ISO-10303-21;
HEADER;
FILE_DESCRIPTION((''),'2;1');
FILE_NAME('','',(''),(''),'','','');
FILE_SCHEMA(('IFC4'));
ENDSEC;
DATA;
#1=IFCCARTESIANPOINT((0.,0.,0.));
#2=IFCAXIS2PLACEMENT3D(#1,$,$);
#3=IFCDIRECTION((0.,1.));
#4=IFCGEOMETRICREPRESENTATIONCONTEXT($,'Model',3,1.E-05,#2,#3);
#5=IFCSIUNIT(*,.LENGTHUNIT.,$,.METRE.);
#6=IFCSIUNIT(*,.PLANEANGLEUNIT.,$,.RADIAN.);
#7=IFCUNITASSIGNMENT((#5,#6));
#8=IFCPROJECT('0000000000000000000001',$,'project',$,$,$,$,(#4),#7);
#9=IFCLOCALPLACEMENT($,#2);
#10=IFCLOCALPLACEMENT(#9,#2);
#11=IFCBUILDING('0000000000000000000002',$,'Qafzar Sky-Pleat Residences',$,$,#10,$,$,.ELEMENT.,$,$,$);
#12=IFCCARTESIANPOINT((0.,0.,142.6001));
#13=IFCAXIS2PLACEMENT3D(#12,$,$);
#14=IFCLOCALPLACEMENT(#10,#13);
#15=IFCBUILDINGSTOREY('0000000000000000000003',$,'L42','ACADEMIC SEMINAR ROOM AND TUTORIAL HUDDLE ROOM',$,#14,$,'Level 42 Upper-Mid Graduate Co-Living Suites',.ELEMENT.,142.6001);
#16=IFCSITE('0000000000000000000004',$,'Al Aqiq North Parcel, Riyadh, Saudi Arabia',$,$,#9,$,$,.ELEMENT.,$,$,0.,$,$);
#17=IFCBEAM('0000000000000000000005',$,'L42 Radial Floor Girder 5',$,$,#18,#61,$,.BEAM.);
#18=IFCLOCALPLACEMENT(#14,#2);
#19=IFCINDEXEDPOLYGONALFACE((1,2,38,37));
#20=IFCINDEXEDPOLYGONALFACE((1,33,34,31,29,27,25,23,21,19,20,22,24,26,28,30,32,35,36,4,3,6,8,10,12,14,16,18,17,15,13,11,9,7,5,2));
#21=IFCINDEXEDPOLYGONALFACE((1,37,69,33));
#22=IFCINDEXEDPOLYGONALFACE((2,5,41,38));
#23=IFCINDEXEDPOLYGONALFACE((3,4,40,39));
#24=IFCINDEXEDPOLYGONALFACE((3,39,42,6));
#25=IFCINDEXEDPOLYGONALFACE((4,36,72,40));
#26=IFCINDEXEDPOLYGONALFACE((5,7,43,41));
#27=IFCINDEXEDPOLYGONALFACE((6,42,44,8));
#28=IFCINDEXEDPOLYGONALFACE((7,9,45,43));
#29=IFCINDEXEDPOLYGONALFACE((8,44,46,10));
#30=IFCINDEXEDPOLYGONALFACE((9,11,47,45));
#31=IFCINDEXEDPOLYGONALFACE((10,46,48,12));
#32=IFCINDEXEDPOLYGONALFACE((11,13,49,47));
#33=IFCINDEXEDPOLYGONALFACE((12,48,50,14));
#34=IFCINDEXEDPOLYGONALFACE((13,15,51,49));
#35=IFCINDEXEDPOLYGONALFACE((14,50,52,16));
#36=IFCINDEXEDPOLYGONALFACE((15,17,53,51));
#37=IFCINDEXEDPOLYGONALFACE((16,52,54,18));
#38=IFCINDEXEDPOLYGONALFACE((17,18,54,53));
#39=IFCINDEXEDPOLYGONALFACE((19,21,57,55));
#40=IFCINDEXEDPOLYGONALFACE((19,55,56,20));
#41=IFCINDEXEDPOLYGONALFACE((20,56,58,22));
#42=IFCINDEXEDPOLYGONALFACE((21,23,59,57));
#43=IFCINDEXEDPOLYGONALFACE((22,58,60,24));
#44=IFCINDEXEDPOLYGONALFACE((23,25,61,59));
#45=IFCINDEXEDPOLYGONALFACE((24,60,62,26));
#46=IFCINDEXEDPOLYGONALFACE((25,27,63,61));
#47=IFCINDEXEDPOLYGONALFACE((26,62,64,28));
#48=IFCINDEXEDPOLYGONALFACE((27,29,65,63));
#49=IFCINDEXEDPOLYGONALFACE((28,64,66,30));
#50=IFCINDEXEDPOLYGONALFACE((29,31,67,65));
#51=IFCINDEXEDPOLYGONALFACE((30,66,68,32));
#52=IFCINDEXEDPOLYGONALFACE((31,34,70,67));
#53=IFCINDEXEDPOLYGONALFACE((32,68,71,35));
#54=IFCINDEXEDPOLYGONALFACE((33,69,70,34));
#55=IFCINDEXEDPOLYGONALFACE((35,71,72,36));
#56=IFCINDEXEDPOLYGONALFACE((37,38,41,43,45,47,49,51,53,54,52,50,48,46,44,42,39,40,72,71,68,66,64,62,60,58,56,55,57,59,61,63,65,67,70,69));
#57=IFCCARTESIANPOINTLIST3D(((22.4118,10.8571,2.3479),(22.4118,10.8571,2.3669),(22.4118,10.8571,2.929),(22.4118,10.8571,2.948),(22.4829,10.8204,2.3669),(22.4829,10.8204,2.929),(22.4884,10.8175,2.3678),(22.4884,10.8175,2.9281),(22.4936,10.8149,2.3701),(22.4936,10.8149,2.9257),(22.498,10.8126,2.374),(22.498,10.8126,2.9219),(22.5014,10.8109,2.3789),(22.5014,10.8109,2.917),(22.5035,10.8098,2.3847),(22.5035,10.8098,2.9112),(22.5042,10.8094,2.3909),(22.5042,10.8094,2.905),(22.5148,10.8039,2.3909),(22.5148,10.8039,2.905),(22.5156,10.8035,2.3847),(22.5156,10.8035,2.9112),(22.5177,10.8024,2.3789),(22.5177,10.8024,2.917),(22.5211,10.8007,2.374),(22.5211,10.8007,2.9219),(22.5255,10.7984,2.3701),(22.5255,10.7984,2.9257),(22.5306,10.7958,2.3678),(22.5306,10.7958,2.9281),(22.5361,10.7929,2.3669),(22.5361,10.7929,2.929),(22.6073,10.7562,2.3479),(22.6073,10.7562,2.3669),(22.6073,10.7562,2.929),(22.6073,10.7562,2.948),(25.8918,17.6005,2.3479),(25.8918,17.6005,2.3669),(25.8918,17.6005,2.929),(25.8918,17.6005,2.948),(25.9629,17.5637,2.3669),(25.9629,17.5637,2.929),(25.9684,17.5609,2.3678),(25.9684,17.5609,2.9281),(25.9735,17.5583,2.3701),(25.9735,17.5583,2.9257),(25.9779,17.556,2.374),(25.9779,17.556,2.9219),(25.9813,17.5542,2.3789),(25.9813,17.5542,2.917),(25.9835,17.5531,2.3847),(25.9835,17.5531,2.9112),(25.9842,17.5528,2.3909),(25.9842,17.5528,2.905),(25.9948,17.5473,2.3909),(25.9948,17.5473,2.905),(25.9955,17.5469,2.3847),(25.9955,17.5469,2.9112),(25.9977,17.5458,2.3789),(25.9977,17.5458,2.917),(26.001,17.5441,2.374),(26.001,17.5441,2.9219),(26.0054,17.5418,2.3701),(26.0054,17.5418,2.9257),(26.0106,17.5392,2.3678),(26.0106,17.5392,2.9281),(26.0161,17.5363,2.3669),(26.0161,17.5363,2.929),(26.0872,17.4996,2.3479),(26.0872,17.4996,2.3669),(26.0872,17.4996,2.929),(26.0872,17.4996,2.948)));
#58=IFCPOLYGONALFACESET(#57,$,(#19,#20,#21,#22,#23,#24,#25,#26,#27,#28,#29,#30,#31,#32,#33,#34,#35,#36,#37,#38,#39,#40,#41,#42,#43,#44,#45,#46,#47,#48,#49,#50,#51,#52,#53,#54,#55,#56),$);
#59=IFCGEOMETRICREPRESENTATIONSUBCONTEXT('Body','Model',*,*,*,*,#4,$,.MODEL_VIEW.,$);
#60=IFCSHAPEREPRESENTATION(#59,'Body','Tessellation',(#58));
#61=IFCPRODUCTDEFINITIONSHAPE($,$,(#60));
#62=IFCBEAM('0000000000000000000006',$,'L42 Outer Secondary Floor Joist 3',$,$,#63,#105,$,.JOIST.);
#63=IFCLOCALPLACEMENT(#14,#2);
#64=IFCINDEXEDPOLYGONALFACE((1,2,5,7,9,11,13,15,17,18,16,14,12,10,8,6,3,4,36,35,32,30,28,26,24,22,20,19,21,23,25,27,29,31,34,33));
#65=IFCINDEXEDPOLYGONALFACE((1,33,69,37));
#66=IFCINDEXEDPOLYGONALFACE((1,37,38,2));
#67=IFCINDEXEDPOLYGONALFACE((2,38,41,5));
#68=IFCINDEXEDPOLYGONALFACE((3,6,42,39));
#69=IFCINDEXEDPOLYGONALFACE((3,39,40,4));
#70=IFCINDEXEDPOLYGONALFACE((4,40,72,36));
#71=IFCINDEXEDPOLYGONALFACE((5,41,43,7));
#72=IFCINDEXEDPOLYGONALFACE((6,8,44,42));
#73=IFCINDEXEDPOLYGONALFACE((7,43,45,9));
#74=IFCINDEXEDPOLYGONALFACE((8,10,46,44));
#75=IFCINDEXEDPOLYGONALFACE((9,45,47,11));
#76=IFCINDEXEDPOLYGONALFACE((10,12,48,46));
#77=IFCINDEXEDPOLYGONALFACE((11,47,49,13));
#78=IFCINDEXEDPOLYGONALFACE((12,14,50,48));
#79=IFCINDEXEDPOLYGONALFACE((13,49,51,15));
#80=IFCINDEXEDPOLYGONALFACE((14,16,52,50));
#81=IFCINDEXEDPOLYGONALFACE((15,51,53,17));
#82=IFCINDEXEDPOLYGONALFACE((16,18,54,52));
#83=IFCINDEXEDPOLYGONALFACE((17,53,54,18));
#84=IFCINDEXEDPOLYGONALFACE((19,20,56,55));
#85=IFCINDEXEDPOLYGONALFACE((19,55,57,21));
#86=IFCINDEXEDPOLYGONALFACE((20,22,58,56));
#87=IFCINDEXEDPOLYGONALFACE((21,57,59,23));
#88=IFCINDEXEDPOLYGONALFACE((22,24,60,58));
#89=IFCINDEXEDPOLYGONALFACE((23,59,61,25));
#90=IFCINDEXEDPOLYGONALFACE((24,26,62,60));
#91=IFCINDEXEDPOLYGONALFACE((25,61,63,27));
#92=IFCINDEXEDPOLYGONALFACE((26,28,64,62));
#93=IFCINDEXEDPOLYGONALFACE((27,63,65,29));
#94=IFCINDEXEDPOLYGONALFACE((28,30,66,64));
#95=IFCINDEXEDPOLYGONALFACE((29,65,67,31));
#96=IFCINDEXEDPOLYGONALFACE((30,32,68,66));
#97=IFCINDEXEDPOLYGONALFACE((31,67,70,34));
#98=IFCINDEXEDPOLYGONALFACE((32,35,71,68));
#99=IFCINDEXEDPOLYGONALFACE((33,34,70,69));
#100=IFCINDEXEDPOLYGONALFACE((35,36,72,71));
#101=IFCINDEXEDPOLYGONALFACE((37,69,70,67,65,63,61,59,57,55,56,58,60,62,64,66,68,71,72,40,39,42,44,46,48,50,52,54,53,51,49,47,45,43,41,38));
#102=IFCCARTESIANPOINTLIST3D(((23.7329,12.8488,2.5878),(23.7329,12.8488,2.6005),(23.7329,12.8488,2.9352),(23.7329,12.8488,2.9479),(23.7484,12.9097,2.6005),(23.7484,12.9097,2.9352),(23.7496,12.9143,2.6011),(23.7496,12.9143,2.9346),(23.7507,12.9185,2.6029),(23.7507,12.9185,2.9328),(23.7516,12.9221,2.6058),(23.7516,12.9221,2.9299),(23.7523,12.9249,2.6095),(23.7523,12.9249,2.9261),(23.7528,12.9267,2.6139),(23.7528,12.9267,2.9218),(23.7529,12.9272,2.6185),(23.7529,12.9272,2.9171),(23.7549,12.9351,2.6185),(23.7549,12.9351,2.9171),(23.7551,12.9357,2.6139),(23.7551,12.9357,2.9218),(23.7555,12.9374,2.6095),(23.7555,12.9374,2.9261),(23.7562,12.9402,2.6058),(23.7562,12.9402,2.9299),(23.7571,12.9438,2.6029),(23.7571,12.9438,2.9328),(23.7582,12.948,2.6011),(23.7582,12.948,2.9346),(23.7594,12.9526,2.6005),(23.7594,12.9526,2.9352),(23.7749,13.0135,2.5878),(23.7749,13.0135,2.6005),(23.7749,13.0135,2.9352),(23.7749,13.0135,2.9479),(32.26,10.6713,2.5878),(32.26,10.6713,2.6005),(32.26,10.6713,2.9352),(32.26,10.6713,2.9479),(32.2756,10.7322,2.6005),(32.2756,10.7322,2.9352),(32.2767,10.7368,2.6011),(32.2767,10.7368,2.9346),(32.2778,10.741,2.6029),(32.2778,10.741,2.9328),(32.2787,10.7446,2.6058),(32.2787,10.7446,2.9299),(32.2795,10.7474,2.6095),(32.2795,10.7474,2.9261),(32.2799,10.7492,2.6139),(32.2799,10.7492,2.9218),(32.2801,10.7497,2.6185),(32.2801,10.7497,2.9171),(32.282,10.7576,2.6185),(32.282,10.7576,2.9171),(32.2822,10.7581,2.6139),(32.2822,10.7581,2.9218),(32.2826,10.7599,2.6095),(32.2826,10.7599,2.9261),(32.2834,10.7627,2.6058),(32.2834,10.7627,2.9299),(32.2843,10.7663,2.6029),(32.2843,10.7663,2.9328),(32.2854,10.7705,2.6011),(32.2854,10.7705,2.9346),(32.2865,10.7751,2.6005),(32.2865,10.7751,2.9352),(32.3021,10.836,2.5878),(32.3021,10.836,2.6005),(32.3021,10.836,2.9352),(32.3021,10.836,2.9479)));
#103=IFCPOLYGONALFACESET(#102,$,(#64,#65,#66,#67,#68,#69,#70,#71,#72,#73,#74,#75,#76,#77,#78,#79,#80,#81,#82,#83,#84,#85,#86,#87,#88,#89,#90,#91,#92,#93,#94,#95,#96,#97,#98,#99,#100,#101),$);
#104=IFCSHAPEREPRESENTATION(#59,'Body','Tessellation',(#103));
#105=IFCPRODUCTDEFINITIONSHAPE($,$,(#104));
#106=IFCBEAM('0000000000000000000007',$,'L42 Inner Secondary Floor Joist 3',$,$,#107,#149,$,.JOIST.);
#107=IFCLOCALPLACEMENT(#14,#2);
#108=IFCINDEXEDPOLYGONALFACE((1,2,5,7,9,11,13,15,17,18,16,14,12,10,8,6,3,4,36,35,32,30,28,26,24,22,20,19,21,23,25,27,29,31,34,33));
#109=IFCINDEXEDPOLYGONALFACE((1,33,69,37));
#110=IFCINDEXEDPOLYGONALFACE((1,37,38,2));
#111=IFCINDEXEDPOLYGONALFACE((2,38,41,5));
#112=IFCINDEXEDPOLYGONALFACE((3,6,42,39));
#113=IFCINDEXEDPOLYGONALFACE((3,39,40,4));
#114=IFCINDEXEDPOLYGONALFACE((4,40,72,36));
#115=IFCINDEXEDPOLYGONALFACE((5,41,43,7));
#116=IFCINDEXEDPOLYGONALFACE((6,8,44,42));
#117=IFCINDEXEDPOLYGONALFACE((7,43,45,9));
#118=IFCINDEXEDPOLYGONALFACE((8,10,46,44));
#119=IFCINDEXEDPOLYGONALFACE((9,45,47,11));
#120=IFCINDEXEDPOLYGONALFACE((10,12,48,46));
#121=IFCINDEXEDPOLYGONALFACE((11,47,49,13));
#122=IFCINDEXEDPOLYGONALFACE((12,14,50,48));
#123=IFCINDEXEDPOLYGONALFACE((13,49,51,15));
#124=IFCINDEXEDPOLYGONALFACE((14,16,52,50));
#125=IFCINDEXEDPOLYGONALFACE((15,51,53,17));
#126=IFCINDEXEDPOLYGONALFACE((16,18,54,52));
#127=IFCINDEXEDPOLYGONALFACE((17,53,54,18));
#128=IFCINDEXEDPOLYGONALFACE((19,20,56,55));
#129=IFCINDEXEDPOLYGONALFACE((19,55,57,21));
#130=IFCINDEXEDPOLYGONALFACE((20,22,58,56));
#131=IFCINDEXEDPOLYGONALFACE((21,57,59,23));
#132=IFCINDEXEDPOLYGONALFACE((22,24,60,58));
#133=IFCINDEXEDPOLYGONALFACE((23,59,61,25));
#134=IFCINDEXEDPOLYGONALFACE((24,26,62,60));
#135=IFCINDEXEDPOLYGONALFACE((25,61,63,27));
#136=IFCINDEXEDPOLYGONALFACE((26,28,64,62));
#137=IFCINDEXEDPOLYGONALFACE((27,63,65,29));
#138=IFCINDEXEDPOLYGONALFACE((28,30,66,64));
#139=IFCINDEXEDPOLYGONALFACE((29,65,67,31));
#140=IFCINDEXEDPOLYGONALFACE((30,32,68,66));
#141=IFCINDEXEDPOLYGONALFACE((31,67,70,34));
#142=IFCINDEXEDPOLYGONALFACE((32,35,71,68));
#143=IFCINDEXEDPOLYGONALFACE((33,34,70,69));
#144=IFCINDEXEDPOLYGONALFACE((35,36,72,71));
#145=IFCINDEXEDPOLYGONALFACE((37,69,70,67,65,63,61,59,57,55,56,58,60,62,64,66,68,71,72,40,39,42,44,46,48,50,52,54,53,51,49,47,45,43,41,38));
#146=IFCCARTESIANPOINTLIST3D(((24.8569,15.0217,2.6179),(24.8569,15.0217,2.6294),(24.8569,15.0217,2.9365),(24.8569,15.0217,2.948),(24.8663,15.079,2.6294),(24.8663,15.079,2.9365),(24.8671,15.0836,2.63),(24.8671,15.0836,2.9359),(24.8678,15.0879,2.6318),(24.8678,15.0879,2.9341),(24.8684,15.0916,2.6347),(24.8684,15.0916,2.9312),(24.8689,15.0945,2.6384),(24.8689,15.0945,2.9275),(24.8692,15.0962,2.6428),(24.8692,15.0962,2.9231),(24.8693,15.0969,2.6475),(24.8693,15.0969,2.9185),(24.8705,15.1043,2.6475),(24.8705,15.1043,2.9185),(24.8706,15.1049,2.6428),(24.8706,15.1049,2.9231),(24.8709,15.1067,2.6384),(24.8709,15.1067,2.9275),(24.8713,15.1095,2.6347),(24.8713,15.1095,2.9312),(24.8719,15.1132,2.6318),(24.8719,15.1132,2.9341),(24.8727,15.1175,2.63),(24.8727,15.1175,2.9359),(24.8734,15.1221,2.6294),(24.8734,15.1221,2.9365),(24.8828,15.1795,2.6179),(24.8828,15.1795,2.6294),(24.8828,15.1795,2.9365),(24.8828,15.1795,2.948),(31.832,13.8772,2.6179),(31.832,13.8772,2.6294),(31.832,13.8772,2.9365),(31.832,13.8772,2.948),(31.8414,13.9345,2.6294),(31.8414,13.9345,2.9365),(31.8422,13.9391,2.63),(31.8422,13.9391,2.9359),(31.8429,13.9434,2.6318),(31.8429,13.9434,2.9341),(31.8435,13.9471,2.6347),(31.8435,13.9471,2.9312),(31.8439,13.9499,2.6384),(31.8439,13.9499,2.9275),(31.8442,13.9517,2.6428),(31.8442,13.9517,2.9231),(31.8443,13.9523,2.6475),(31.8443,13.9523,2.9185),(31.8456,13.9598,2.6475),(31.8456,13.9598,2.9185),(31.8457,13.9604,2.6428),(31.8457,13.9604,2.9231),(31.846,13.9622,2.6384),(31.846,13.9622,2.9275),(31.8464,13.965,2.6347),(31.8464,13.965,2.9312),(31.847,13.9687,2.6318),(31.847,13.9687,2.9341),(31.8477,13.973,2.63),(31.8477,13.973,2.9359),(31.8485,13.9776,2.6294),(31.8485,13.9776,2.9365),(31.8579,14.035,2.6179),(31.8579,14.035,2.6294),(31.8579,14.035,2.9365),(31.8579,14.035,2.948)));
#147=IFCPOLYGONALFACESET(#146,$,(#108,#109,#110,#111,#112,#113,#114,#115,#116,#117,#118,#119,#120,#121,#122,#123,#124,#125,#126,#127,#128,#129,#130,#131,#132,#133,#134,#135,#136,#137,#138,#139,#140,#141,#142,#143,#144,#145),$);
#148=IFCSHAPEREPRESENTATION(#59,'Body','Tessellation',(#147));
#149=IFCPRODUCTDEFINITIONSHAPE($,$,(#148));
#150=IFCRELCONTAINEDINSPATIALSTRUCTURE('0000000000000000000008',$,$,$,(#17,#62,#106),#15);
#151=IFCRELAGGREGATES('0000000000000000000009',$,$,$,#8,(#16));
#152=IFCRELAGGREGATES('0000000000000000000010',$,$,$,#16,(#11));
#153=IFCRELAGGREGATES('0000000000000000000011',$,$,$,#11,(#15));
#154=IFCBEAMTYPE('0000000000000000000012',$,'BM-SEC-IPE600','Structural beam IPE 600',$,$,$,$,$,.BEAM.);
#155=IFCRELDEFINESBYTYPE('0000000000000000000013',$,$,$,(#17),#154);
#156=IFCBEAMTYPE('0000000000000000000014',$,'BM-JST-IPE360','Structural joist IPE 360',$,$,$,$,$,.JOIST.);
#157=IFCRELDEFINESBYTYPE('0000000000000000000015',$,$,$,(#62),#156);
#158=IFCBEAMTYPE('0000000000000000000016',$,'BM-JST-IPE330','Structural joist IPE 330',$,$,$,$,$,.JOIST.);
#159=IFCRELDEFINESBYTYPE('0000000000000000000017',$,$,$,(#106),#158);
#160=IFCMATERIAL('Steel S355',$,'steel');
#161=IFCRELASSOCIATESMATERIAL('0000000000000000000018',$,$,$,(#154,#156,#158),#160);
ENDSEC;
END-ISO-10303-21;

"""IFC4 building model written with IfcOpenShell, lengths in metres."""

from ifc_helpers import new_model, si_unit, direction, frame, origin, origin_2d, place, context, subcontext, project, spatial, i_section, extrude, source, transform, mapped, material, material_profile, profile_set, type_object, element, save


model = new_model("IFC4")

# Units and contexts
model_context = context("Model", 3, precision=1e-05, world=origin(), true_north=direction((0.0, 1.0)))
body_context = subcontext(model_context, "Body", "Model", "MODEL_VIEW")
ifc_project = project(units=[si_unit("LENGTHUNIT", "METRE"), si_unit("PLANEANGLEUNIT", "RADIAN")], contexts=[model_context])

# Site, building, storey
site_placement = place(None, origin())
site = spatial("IfcSite", under=ifc_project, at=site_placement, Name="Al Aqiq North Parcel, Riyadh, Saudi Arabia", CompositionType="ELEMENT", RefElevation=0.0)
building_placement = place(site_placement, origin())
building = spatial("IfcBuilding", under=site, at=building_placement, Name="Qafzar Sky-Pleat Residences", CompositionType="ELEMENT")
storey_placement = place(building_placement, frame((0.0, 0.0, 142.6001)))
storey = spatial("IfcBuildingStorey", under=building, at=storey_placement, Name="L42", Description="ACADEMIC SEMINAR ROOM AND TUTORIAL HUDDLE ROOM", LongName="Level 42 Upper-Mid Graduate Co-Living Suites", CompositionType="ELEMENT", Elevation=142.6001)

# Shared definitions
ifc_material_1 = material(Name="Steel S355", Category="steel")

# Beams
ifc_material_profile_1 = material_profile(ifc_material_1, i_section(OverallWidth=0.22, OverallDepth=0.6001, WebThickness=0.012, FlangeThickness=0.019, FilletRadius=0.0239, at=origin_2d()), Name="IPE 600")
ifc_profile_set_1 = profile_set([ifc_material_profile_1], Name="Steel S355")
beam_type_1 = type_object("IfcBeamType", Name="BM-SEC-IPE600", Description="Structural beam IPE 600", PredefinedType="BEAM", material=ifc_profile_set_1)
shared_shape_1 = source(origin(), body_context, "Body", "SweptSolid", [
    extrude(i_section(OverallWidth=0.22, OverallDepth=0.6001, WebThickness=0.012, FlangeThickness=0.019, FilletRadius=0.0239, at=origin_2d()), origin(), (0.0, 0.0, 1.0), 7.5884),
])
beam_1_placement = place(storey_placement, frame((22.5095, 10.8066, 2.6479), z_axis=(0.458592, 0.888647, 0.0), x_axis=(-0.888647, 0.458592, 0.0)))
element("IfcBeam", 1, at=beam_1_placement, inside=storey, type_object=beam_type_1, Name="L42 Radial Floor Girder 5", PredefinedType="BEAM", context=body_context, shape_type="MappedRepresentation", body=[
    mapped(shared_shape_1, transform((0.0, 0.0, 0.0), x_axis=(1.0, 0.0, 0.0), y_axis=(0.0, 1.0, 0.0), z_axis=(0.0, 0.0, 1.0), scale=1.0)),
])
ifc_material_profile_2 = material_profile(ifc_material_1, i_section(OverallWidth=0.1699, OverallDepth=0.3601, WebThickness=0.0081, FlangeThickness=0.0127, FilletRadius=0.0181, at=origin_2d()), Name="IPE 360")
ifc_profile_set_2 = profile_set([ifc_material_profile_2], Name="Steel S355")
beam_type_2 = type_object("IfcBeamType", Name="BM-JST-IPE360", Description="Structural joist IPE 360", PredefinedType="JOIST", material=ifc_profile_set_2)
shared_shape_2 = source(origin(), body_context, "Body", "SweptSolid", [
    extrude(i_section(OverallWidth=0.1699, OverallDepth=0.3601, WebThickness=0.0081, FlangeThickness=0.0127, FilletRadius=0.0181, at=origin_2d()), origin(), (0.0, 0.0, 1.0), 8.8008),
])
beam_2_placement = place(storey_placement, frame((23.7539, 12.9312, 2.7678), z_axis=(0.968908, -0.247421, 0.0), x_axis=(0.247421, 0.968908, 0.0)))
element("IfcBeam", 2, at=beam_2_placement, inside=storey, type_object=beam_type_2, Name="L42 Outer Secondary Floor Joist 3", PredefinedType="JOIST", context=body_context, shape_type="MappedRepresentation", body=[
    mapped(shared_shape_2, transform((0.0, 0.0, 0.0), x_axis=(1.0, 0.0, 0.0), y_axis=(0.0, 1.0, 0.0), z_axis=(0.0, 0.0, 1.0), scale=1.0)),
])
ifc_material_profile_3 = material_profile(ifc_material_1, i_section(OverallWidth=0.1599, OverallDepth=0.3301, WebThickness=0.0076, FlangeThickness=0.0115, FilletRadius=0.0181, at=origin_2d()), Name="IPE 330")
ifc_profile_set_3 = profile_set([ifc_material_profile_3], Name="Steel S355")
beam_type_3 = type_object("IfcBeamType", Name="BM-JST-IPE330", Description="Structural joist IPE 330", PredefinedType="JOIST", material=ifc_profile_set_3)
shared_shape_3 = source(origin(), body_context, "Body", "SweptSolid", [
    extrude(i_section(OverallWidth=0.1599, OverallDepth=0.3301, WebThickness=0.0076, FlangeThickness=0.0115, FilletRadius=0.0181, at=origin_2d()), origin(), (0.0, 0.0, 1.0), 7.0684),
])
beam_3_placement = place(storey_placement, frame((24.8699, 15.1006, 2.783), z_axis=(0.986803, -0.161923, 0.0), x_axis=(0.161923, 0.986803, 0.0)))
element("IfcBeam", 3, at=beam_3_placement, inside=storey, type_object=beam_type_3, Name="L42 Inner Secondary Floor Joist 3", PredefinedType="JOIST", context=body_context, shape_type="MappedRepresentation", body=[
    mapped(shared_shape_3, transform((0.0, 0.0, 0.0), x_axis=(1.0, 0.0, 0.0), y_axis=(0.0, 1.0, 0.0), z_axis=(0.0, 0.0, 1.0), scale=1.0)),
])

save(model, "model.ifc")
